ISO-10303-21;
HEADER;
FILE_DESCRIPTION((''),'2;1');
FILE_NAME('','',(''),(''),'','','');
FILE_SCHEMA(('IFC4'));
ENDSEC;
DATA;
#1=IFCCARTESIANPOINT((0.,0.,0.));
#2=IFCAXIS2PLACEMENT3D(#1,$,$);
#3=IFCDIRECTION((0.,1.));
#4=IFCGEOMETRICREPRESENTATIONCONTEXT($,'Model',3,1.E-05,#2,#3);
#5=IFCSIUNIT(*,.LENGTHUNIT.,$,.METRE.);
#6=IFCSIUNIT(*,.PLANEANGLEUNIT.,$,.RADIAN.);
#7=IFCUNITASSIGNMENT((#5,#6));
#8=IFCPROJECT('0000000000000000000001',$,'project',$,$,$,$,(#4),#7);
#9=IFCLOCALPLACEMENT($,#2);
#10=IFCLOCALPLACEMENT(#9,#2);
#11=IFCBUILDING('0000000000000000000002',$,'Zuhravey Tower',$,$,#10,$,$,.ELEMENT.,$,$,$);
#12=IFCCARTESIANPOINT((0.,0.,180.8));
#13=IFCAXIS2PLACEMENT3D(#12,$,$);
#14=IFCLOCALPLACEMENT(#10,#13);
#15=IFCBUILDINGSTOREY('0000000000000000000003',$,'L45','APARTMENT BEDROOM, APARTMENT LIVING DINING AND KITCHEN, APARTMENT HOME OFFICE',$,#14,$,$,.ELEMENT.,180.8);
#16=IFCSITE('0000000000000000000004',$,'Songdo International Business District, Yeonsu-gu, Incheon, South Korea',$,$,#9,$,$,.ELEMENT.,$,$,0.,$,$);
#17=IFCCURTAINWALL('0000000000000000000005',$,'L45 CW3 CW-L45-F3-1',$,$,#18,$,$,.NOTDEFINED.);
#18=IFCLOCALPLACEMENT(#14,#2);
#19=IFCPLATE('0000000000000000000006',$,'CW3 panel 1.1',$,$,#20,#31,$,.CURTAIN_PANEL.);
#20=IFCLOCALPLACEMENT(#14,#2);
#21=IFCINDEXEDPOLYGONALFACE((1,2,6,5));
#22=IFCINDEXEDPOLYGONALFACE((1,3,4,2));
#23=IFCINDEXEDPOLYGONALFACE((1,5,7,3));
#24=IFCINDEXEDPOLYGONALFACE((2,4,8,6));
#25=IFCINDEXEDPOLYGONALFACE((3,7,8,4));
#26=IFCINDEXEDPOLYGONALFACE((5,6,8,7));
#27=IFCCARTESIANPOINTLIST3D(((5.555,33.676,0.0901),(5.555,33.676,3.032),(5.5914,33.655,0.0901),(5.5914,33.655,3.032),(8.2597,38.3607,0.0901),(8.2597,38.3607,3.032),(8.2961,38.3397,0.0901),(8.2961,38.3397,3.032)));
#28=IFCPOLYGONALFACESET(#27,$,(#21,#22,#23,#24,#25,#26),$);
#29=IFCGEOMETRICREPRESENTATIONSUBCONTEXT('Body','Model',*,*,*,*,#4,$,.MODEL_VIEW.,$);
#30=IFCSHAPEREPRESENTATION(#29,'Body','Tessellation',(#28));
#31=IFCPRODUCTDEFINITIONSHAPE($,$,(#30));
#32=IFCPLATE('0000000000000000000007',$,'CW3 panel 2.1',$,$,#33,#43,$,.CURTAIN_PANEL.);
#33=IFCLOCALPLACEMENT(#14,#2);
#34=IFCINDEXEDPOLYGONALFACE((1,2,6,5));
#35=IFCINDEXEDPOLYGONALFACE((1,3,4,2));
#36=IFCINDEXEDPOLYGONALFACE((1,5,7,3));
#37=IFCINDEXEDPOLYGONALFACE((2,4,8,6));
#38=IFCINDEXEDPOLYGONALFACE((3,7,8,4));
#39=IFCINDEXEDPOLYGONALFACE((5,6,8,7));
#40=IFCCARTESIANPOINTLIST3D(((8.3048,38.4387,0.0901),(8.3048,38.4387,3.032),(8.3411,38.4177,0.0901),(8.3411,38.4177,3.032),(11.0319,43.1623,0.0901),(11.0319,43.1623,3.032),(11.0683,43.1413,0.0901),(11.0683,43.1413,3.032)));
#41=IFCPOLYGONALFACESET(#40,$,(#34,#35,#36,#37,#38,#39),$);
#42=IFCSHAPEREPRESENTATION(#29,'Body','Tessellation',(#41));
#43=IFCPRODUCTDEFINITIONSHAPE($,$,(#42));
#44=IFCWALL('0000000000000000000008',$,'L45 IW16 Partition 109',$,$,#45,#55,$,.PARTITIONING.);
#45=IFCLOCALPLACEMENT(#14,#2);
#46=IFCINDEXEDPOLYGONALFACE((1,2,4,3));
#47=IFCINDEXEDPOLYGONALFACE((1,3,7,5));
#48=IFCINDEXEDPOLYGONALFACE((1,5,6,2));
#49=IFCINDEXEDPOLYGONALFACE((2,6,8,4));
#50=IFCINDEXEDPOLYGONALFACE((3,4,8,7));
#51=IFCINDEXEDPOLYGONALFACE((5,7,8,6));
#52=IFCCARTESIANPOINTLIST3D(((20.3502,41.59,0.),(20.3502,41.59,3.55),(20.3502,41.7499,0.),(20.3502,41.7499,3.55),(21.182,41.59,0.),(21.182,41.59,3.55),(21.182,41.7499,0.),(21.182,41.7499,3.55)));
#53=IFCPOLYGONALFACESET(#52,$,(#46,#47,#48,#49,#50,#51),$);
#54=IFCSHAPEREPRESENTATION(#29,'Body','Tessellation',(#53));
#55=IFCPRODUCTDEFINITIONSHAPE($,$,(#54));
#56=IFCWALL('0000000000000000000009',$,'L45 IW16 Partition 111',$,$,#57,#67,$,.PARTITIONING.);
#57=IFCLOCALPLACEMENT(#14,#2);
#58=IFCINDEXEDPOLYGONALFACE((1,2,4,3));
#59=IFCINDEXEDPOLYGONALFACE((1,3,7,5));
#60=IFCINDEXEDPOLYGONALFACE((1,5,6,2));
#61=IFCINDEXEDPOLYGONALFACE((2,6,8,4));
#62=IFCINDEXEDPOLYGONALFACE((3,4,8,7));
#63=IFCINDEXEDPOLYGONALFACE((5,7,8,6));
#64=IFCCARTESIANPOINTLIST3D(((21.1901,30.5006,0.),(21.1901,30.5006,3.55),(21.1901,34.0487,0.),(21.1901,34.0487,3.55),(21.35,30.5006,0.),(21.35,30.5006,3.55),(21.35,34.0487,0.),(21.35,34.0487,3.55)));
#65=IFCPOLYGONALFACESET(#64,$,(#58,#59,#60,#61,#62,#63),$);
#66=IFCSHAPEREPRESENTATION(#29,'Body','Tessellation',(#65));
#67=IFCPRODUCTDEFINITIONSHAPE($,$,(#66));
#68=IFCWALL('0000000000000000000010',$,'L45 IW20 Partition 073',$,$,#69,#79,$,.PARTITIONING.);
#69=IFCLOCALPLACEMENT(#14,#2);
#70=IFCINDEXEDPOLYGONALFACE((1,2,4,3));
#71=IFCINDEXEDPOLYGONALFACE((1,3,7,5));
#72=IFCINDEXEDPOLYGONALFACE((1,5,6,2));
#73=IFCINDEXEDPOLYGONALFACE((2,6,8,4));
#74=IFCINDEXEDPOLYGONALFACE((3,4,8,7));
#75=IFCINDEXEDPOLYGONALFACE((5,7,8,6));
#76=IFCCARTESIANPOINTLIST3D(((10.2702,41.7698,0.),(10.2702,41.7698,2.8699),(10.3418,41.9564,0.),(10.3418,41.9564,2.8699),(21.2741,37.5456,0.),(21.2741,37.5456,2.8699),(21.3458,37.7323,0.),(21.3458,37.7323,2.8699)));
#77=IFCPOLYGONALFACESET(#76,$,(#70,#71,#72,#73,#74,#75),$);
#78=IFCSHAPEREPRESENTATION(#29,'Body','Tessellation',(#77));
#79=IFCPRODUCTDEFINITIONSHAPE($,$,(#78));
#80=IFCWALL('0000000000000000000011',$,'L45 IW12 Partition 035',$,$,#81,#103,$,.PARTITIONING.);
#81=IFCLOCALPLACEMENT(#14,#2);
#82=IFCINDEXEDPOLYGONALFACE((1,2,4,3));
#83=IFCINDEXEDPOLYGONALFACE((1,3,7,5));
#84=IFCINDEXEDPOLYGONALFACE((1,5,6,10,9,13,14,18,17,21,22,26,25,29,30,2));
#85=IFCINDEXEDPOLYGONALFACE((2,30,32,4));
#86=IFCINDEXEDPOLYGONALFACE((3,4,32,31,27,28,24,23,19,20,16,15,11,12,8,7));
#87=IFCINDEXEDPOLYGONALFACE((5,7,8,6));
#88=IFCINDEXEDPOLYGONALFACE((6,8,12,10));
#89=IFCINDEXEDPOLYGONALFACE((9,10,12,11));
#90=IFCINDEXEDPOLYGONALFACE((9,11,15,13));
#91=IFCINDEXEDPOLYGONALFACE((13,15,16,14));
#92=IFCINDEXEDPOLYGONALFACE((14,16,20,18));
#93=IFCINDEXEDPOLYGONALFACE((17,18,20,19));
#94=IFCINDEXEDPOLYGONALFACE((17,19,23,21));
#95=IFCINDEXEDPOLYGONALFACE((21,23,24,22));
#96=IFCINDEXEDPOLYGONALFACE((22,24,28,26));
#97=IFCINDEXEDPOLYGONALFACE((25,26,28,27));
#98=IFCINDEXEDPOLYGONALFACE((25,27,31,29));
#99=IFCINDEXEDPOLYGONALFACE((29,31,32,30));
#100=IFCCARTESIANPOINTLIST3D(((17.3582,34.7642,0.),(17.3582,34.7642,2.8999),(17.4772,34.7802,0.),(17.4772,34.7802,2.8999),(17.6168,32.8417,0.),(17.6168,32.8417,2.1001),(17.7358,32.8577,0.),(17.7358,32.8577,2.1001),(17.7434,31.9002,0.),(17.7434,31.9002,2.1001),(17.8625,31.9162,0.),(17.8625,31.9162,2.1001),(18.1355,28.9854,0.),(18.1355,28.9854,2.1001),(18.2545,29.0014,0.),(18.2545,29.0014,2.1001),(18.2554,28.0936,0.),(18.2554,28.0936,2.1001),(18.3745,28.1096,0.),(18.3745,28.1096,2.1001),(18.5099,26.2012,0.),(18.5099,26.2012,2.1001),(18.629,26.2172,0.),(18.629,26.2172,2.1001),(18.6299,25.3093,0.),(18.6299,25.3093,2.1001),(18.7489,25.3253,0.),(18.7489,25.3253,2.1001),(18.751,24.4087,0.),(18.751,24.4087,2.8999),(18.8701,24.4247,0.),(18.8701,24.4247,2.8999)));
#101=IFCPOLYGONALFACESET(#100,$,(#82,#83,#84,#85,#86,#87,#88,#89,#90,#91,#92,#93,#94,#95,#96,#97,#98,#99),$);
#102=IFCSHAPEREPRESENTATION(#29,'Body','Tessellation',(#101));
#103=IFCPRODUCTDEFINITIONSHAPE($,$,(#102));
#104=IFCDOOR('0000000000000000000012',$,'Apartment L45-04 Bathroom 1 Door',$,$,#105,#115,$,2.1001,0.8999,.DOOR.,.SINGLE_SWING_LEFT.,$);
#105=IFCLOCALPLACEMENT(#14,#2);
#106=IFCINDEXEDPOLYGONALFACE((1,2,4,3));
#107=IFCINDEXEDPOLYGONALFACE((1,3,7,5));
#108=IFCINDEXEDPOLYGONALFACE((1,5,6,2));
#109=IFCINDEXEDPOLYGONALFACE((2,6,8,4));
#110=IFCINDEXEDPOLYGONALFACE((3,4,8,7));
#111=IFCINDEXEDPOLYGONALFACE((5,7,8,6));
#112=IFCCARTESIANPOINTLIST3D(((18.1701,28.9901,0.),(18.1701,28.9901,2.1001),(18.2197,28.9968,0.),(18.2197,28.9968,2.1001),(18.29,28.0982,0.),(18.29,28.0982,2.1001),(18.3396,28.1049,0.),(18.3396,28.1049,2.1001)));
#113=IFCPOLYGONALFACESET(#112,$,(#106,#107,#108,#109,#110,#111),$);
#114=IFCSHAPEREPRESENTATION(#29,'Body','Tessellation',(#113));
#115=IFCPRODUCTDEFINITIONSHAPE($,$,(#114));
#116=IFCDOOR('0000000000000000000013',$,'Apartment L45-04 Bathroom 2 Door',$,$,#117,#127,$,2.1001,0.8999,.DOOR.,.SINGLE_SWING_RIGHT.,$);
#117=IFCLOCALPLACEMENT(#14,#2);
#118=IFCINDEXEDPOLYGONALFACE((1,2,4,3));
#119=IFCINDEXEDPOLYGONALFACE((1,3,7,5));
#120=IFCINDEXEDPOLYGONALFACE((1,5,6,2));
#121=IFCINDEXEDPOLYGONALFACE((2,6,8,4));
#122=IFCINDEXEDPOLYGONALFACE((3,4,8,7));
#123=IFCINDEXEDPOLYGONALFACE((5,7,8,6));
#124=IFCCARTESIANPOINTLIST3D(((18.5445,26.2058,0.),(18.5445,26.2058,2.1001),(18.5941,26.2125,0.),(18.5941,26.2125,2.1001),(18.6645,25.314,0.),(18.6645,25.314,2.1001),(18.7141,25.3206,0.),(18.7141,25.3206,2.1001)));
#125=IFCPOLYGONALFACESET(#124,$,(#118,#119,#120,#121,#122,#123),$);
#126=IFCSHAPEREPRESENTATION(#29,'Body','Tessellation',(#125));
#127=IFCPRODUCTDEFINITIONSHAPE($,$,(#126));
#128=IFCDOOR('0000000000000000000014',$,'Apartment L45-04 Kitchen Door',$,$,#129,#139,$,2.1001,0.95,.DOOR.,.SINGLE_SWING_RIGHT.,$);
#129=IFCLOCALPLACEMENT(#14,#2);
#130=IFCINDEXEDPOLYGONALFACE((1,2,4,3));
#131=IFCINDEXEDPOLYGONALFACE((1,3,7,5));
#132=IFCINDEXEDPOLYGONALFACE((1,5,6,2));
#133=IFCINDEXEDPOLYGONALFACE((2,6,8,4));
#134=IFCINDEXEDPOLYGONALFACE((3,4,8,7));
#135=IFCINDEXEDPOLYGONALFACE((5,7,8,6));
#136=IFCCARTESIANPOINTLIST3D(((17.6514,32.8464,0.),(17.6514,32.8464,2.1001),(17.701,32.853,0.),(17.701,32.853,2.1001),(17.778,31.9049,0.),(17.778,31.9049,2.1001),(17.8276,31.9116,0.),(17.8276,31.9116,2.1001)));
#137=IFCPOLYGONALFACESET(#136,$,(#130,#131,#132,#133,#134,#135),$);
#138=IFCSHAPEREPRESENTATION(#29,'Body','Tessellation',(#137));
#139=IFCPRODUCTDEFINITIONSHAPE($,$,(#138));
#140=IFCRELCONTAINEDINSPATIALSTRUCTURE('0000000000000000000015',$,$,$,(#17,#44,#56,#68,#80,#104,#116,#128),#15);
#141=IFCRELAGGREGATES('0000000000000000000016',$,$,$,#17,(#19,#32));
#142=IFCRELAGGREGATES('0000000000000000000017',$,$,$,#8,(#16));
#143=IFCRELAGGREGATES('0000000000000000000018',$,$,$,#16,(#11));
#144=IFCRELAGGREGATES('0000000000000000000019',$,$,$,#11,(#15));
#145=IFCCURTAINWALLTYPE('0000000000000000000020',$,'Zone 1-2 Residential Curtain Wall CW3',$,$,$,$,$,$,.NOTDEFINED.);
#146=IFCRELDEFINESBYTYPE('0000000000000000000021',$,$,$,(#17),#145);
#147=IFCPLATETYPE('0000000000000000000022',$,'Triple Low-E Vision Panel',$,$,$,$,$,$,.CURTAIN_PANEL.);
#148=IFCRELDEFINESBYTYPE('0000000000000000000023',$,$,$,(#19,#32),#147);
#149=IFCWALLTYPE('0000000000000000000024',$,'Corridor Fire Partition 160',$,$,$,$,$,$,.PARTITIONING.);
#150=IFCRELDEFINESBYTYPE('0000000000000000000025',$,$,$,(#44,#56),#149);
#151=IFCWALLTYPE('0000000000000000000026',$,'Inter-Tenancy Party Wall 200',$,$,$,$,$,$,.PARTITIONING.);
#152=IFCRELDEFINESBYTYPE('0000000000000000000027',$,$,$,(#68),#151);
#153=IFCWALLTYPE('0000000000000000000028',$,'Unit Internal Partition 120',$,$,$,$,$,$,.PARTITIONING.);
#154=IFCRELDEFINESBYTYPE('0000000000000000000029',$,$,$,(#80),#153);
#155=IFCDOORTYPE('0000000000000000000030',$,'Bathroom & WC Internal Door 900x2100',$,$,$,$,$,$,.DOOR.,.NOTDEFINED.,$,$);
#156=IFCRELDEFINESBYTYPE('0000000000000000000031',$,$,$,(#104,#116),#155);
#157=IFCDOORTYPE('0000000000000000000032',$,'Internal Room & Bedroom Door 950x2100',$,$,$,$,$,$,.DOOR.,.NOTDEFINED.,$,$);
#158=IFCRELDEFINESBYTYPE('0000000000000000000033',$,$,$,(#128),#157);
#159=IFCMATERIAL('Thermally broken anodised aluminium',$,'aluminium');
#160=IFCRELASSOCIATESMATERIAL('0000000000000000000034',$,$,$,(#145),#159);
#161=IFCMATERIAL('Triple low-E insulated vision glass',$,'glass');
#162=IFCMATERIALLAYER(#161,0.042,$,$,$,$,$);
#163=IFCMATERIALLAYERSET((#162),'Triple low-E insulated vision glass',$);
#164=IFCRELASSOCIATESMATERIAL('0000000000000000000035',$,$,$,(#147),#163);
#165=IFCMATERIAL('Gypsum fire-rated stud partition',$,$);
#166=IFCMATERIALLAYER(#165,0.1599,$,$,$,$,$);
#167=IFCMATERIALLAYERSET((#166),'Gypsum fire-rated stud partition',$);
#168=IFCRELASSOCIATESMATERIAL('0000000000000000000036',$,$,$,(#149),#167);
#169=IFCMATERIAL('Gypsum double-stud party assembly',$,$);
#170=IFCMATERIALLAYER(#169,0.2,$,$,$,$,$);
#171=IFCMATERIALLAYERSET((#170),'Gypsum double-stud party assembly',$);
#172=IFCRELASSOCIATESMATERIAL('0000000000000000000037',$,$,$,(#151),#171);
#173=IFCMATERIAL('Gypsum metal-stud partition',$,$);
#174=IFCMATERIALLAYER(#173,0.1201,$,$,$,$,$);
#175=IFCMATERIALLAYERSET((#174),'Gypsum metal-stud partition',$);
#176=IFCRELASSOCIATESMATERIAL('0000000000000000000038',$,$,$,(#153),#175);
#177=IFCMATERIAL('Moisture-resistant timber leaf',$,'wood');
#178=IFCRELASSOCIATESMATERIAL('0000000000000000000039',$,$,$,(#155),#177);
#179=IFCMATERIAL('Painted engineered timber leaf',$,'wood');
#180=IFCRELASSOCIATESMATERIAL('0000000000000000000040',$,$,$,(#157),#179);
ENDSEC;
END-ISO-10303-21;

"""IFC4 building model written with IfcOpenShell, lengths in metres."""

from ifc_helpers import new_model, si_unit, direction, frame, frame_2d, origin, origin_2d, place, context, subcontext, project, spatial, rectangle, extrude, material, layer, layer_set, type_object, element, fill, aggregate, save


model = new_model("IFC4")

# Units and contexts
model_context = context("Model", 3, precision=1e-05, world=origin(), true_north=direction((0.0, 1.0)))
body_context = subcontext(model_context, "Body", "Model", "MODEL_VIEW")
ifc_project = project(units=[si_unit("LENGTHUNIT", "METRE"), si_unit("PLANEANGLEUNIT", "RADIAN")], contexts=[model_context])

# Site, building, storey
site_placement = place(None, origin())
site = spatial("IfcSite", under=ifc_project, at=site_placement, Name="Songdo International Business District, Yeonsu-gu, Incheon, South Korea", CompositionType="ELEMENT", RefElevation=0.0)
building_placement = place(site_placement, origin())
building = spatial("IfcBuilding", under=site, at=building_placement, Name="Zuhravey Tower", CompositionType="ELEMENT")
storey_placement = place(building_placement, frame((0.0, 0.0, 180.8)))
storey = spatial("IfcBuildingStorey", under=building, at=storey_placement, Name="L45", Description="APARTMENT BEDROOM, APARTMENT LIVING DINING AND KITCHEN, APARTMENT HOME OFFICE", CompositionType="ELEMENT", Elevation=180.8)

# Curtain wall
ifc_material_1 = material(Name="Thermally broken anodised aluminium", Category="aluminium")
curtain_wall_type = type_object("IfcCurtainWallType", Name="Zone 1-2 Residential Curtain Wall CW3", PredefinedType="NOTDEFINED", material=ifc_material_1)
curtain_wall_placement = place(storey_placement, origin())
curtain_wall = element("IfcCurtainWall", 1, at=curtain_wall_placement, inside=storey, type_object=curtain_wall_type, Name="L45 CW3 CW-L45-F3-1", PredefinedType="NOTDEFINED")

# Plates
ifc_material_2 = material(Name="Triple low-E insulated vision glass", Category="glass")
ifc_layer_1 = layer(ifc_material_2, 0.042)
ifc_layer_set_1 = layer_set([ifc_layer_1], Name="Triple low-E insulated vision glass")
plate_type = type_object("IfcPlateType", Name="Triple Low-E Vision Panel", PredefinedType="CURTAIN_PANEL", material=ifc_layer_set_1)
plate_1_placement = place(storey_placement, frame((6.9255, 36.0078, 0.0901), z_axis=(0.0, 0.0, 1.0), x_axis=(0.5, 0.866025, 0.0)))
plate_1 = element("IfcPlate", 2, at=plate_1_placement, type_object=plate_type, Name="CW3 panel 1.1", PredefinedType="CURTAIN_PANEL", context=body_context, shape_type="SweptSolid", body=[
    extrude(rectangle(XDim=5.4094, YDim=0.042, at=origin_2d()), origin(), (0.0, 0.0, 1.0), 2.9419),
])
plate_2_placement = place(storey_placement, frame((9.6865, 40.79, 0.0901), z_axis=(0.0, 0.0, 1.0), x_axis=(0.5, 0.866025, 0.0)))
plate_2 = element("IfcPlate", 3, at=plate_2_placement, type_object=plate_type, Name="CW3 panel 2.1", PredefinedType="CURTAIN_PANEL", context=body_context, shape_type="SweptSolid", body=[
    extrude(rectangle(XDim=5.4543, YDim=0.042, at=origin_2d()), origin(), (0.0, 0.0, 1.0), 2.9419),
])
aggregate(curtain_wall, [plate_1, plate_2])

# Shared definitions
ifc_material_3 = material(Name="Gypsum fire-rated stud partition")
ifc_layer_2 = layer(ifc_material_3, 0.1599)
ifc_layer_set_2 = layer_set([ifc_layer_2], Name="Gypsum fire-rated stud partition")
wall_type_1 = type_object("IfcWallType", Name="Corridor Fire Partition 160", PredefinedType="PARTITIONING", material=ifc_layer_set_2)

# Walls
wall_1_placement = place(storey_placement, frame((20.3501, 41.6699, 0.0), z_axis=(0.0, 0.0, 1.0), x_axis=(1.0, 0.0, 0.0)))
element("IfcWall", 4, at=wall_1_placement, inside=storey, type_object=wall_type_1, Name="L45 IW16 Partition 109", PredefinedType="PARTITIONING", context=body_context, shape_type="SweptSolid", body=[
    extrude(rectangle(XDim=0.8318, YDim=0.1599, at=frame_2d((0.416, 0.0))), origin(), (0.0, 0.0, 1.0), 3.55),
])
wall_2_placement = place(storey_placement, frame((21.27, 34.0486, 0.0), z_axis=(0.0, 0.0, 1.0), x_axis=(0.0, -1.0, 0.0)))
element("IfcWall", 5, at=wall_2_placement, inside=storey, type_object=wall_type_1, Name="L45 IW16 Partition 111", PredefinedType="PARTITIONING", context=body_context, shape_type="SweptSolid", body=[
    extrude(rectangle(XDim=3.5481, YDim=0.1599, at=frame_2d((1.7739, 0.0))), origin(), (0.0, 0.0, 1.0), 3.55),
])
ifc_material_4 = material(Name="Gypsum double-stud party assembly")
ifc_layer_3 = layer(ifc_material_4, 0.2)
ifc_layer_set_3 = layer_set([ifc_layer_3], Name="Gypsum double-stud party assembly")
wall_type_2 = type_object("IfcWallType", Name="Inter-Tenancy Party Wall 200", PredefinedType="PARTITIONING", material=ifc_layer_set_3)
wall_3_placement = place(storey_placement, frame((21.3101, 37.6389, 0.0), z_axis=(0.0, 0.0, 1.0), x_axis=(-0.933577, 0.358377, 0.0)))
element("IfcWall", 6, at=wall_3_placement, inside=storey, type_object=wall_type_2, Name="L45 IW20 Partition 073", PredefinedType="PARTITIONING", context=body_context, shape_type="SweptSolid", body=[
    extrude(rectangle(XDim=11.7869, YDim=0.2, at=frame_2d((5.8936, 0.0))), origin(), (0.0, 0.0, 1.0), 2.8699),
])

# Wall, openings, doors
ifc_material_5 = material(Name="Gypsum metal-stud partition")
ifc_layer_4 = layer(ifc_material_5, 0.1201)
ifc_layer_set_4 = layer_set([ifc_layer_4], Name="Gypsum metal-stud partition")
wall_type_3 = type_object("IfcWallType", Name="Unit Internal Partition 120", PredefinedType="PARTITIONING", material=ifc_layer_set_4)
wall_4_placement = place(storey_placement, frame((17.4177, 34.7722, 0.0), z_axis=(0.0, 0.0, 1.0), x_axis=(0.133301, -0.991076, 0.0)))
wall_4 = element("IfcWall", 7, at=wall_4_placement, inside=storey, type_object=wall_type_3, Name="L45 IW12 Partition 035", PredefinedType="PARTITIONING", context=body_context, shape_type="SweptSolid", body=[
    extrude(rectangle(XDim=10.4487, YDim=0.1201, at=frame_2d((5.2244, 0.0))), origin(), (0.0, 0.0, 1.0), 2.8999),
])
opening_1_placement = place(wall_4_placement, frame((1.9397, 0.0, 0.0)))
opening_1 = element("IfcOpeningElement", 8, at=opening_1_placement, cuts=wall_4, PredefinedType="OPENING", context=body_context, shape_type="SweptSolid", body=[
    extrude(rectangle(XDim=0.95, YDim=2.1001, at=frame_2d((0.4751, 1.05))), frame((0.0, 0.072, 0.0), z_axis=(0.0, -1.0, 0.0), x_axis=(1.0, 0.0, 0.0)), (0.0, 0.0, 1.0), 0.144),
])
opening_2_placement = place(wall_4_placement, frame((5.8308, 0.0, 0.0)))
opening_2 = element("IfcOpeningElement", 9, at=opening_2_placement, cuts=wall_4, PredefinedType="OPENING", context=body_context, shape_type="SweptSolid", body=[
    extrude(rectangle(XDim=0.8999, YDim=2.1001, at=frame_2d((0.45, 1.05))), frame((0.0, 0.072, 0.0), z_axis=(0.0, -1.0, 0.0), x_axis=(1.0, 0.0, 0.0)), (0.0, 0.0, 1.0), 0.144),
])
opening_3_placement = place(wall_4_placement, frame((8.6401, 0.0, 0.0)))
opening_3 = element("IfcOpeningElement", 10, at=opening_3_placement, cuts=wall_4, PredefinedType="OPENING", context=body_context, shape_type="SweptSolid", body=[
    extrude(rectangle(XDim=0.8999, YDim=2.1001, at=frame_2d((0.45, 1.05))), frame((0.0, 0.072, 0.0), z_axis=(0.0, -1.0, 0.0), x_axis=(1.0, 0.0, 0.0)), (0.0, 0.0, 1.0), 0.144),
])
ifc_material_6 = material(Name="Moisture-resistant timber leaf", Category="wood")
door_type_1 = type_object("IfcDoorType", Name="Bathroom & WC Internal Door 900x2100", OperationType="NOTDEFINED", PredefinedType="DOOR", material=ifc_material_6)
door_1_placement = place(opening_2_placement, origin())
door_1 = element("IfcDoor", 11, at=door_1_placement, inside=storey, type_object=door_type_1, Name="Apartment L45-04 Bathroom 1 Door", OperationType="SINGLE_SWING_LEFT", OverallHeight=2.1001, OverallWidth=0.8999, PredefinedType="DOOR", context=body_context, shape_type="SweptSolid", body=[
    extrude(rectangle(XDim=0.8999, YDim=2.1001, at=frame_2d((0.45, 1.05))), frame((0.0, 0.0249, 0.0), z_axis=(0.0, -1.0, 0.0), x_axis=(1.0, 0.0, 0.0)), (0.0, 0.0, 1.0), 0.05),
])
fill(opening_2, door_1)
door_2_placement = place(opening_3_placement, origin())
door_2 = element("IfcDoor", 12, at=door_2_placement, inside=storey, type_object=door_type_1, Name="Apartment L45-04 Bathroom 2 Door", OperationType="SINGLE_SWING_RIGHT", OverallHeight=2.1001, OverallWidth=0.8999, PredefinedType="DOOR", context=body_context, shape_type="SweptSolid", body=[
    extrude(rectangle(XDim=0.8999, YDim=2.1001, at=frame_2d((0.45, 1.05))), frame((0.0, 0.0249, 0.0), z_axis=(0.0, -1.0, 0.0), x_axis=(1.0, 0.0, 0.0)), (0.0, 0.0, 1.0), 0.05),
])
fill(opening_3, door_2)
ifc_material_7 = material(Name="Painted engineered timber leaf", Category="wood")
door_type_2 = type_object("IfcDoorType", Name="Internal Room & Bedroom Door 950x2100", OperationType="NOTDEFINED", PredefinedType="DOOR", material=ifc_material_7)
door_3_placement = place(opening_1_placement, origin())
door_3 = element("IfcDoor", 13, at=door_3_placement, inside=storey, type_object=door_type_2, Name="Apartment L45-04 Kitchen Door", OperationType="SINGLE_SWING_RIGHT", OverallHeight=2.1001, OverallWidth=0.95, PredefinedType="DOOR", context=body_context, shape_type="SweptSolid", body=[
    extrude(rectangle(XDim=0.95, YDim=2.1001, at=frame_2d((0.4751, 1.05))), frame((0.0, 0.0249, 0.0), z_axis=(0.0, -1.0, 0.0), x_axis=(1.0, 0.0, 0.0)), (0.0, 0.0, 1.0), 0.05),
])
fill(opening_1, door_3)

save(model, "model.ifc")
